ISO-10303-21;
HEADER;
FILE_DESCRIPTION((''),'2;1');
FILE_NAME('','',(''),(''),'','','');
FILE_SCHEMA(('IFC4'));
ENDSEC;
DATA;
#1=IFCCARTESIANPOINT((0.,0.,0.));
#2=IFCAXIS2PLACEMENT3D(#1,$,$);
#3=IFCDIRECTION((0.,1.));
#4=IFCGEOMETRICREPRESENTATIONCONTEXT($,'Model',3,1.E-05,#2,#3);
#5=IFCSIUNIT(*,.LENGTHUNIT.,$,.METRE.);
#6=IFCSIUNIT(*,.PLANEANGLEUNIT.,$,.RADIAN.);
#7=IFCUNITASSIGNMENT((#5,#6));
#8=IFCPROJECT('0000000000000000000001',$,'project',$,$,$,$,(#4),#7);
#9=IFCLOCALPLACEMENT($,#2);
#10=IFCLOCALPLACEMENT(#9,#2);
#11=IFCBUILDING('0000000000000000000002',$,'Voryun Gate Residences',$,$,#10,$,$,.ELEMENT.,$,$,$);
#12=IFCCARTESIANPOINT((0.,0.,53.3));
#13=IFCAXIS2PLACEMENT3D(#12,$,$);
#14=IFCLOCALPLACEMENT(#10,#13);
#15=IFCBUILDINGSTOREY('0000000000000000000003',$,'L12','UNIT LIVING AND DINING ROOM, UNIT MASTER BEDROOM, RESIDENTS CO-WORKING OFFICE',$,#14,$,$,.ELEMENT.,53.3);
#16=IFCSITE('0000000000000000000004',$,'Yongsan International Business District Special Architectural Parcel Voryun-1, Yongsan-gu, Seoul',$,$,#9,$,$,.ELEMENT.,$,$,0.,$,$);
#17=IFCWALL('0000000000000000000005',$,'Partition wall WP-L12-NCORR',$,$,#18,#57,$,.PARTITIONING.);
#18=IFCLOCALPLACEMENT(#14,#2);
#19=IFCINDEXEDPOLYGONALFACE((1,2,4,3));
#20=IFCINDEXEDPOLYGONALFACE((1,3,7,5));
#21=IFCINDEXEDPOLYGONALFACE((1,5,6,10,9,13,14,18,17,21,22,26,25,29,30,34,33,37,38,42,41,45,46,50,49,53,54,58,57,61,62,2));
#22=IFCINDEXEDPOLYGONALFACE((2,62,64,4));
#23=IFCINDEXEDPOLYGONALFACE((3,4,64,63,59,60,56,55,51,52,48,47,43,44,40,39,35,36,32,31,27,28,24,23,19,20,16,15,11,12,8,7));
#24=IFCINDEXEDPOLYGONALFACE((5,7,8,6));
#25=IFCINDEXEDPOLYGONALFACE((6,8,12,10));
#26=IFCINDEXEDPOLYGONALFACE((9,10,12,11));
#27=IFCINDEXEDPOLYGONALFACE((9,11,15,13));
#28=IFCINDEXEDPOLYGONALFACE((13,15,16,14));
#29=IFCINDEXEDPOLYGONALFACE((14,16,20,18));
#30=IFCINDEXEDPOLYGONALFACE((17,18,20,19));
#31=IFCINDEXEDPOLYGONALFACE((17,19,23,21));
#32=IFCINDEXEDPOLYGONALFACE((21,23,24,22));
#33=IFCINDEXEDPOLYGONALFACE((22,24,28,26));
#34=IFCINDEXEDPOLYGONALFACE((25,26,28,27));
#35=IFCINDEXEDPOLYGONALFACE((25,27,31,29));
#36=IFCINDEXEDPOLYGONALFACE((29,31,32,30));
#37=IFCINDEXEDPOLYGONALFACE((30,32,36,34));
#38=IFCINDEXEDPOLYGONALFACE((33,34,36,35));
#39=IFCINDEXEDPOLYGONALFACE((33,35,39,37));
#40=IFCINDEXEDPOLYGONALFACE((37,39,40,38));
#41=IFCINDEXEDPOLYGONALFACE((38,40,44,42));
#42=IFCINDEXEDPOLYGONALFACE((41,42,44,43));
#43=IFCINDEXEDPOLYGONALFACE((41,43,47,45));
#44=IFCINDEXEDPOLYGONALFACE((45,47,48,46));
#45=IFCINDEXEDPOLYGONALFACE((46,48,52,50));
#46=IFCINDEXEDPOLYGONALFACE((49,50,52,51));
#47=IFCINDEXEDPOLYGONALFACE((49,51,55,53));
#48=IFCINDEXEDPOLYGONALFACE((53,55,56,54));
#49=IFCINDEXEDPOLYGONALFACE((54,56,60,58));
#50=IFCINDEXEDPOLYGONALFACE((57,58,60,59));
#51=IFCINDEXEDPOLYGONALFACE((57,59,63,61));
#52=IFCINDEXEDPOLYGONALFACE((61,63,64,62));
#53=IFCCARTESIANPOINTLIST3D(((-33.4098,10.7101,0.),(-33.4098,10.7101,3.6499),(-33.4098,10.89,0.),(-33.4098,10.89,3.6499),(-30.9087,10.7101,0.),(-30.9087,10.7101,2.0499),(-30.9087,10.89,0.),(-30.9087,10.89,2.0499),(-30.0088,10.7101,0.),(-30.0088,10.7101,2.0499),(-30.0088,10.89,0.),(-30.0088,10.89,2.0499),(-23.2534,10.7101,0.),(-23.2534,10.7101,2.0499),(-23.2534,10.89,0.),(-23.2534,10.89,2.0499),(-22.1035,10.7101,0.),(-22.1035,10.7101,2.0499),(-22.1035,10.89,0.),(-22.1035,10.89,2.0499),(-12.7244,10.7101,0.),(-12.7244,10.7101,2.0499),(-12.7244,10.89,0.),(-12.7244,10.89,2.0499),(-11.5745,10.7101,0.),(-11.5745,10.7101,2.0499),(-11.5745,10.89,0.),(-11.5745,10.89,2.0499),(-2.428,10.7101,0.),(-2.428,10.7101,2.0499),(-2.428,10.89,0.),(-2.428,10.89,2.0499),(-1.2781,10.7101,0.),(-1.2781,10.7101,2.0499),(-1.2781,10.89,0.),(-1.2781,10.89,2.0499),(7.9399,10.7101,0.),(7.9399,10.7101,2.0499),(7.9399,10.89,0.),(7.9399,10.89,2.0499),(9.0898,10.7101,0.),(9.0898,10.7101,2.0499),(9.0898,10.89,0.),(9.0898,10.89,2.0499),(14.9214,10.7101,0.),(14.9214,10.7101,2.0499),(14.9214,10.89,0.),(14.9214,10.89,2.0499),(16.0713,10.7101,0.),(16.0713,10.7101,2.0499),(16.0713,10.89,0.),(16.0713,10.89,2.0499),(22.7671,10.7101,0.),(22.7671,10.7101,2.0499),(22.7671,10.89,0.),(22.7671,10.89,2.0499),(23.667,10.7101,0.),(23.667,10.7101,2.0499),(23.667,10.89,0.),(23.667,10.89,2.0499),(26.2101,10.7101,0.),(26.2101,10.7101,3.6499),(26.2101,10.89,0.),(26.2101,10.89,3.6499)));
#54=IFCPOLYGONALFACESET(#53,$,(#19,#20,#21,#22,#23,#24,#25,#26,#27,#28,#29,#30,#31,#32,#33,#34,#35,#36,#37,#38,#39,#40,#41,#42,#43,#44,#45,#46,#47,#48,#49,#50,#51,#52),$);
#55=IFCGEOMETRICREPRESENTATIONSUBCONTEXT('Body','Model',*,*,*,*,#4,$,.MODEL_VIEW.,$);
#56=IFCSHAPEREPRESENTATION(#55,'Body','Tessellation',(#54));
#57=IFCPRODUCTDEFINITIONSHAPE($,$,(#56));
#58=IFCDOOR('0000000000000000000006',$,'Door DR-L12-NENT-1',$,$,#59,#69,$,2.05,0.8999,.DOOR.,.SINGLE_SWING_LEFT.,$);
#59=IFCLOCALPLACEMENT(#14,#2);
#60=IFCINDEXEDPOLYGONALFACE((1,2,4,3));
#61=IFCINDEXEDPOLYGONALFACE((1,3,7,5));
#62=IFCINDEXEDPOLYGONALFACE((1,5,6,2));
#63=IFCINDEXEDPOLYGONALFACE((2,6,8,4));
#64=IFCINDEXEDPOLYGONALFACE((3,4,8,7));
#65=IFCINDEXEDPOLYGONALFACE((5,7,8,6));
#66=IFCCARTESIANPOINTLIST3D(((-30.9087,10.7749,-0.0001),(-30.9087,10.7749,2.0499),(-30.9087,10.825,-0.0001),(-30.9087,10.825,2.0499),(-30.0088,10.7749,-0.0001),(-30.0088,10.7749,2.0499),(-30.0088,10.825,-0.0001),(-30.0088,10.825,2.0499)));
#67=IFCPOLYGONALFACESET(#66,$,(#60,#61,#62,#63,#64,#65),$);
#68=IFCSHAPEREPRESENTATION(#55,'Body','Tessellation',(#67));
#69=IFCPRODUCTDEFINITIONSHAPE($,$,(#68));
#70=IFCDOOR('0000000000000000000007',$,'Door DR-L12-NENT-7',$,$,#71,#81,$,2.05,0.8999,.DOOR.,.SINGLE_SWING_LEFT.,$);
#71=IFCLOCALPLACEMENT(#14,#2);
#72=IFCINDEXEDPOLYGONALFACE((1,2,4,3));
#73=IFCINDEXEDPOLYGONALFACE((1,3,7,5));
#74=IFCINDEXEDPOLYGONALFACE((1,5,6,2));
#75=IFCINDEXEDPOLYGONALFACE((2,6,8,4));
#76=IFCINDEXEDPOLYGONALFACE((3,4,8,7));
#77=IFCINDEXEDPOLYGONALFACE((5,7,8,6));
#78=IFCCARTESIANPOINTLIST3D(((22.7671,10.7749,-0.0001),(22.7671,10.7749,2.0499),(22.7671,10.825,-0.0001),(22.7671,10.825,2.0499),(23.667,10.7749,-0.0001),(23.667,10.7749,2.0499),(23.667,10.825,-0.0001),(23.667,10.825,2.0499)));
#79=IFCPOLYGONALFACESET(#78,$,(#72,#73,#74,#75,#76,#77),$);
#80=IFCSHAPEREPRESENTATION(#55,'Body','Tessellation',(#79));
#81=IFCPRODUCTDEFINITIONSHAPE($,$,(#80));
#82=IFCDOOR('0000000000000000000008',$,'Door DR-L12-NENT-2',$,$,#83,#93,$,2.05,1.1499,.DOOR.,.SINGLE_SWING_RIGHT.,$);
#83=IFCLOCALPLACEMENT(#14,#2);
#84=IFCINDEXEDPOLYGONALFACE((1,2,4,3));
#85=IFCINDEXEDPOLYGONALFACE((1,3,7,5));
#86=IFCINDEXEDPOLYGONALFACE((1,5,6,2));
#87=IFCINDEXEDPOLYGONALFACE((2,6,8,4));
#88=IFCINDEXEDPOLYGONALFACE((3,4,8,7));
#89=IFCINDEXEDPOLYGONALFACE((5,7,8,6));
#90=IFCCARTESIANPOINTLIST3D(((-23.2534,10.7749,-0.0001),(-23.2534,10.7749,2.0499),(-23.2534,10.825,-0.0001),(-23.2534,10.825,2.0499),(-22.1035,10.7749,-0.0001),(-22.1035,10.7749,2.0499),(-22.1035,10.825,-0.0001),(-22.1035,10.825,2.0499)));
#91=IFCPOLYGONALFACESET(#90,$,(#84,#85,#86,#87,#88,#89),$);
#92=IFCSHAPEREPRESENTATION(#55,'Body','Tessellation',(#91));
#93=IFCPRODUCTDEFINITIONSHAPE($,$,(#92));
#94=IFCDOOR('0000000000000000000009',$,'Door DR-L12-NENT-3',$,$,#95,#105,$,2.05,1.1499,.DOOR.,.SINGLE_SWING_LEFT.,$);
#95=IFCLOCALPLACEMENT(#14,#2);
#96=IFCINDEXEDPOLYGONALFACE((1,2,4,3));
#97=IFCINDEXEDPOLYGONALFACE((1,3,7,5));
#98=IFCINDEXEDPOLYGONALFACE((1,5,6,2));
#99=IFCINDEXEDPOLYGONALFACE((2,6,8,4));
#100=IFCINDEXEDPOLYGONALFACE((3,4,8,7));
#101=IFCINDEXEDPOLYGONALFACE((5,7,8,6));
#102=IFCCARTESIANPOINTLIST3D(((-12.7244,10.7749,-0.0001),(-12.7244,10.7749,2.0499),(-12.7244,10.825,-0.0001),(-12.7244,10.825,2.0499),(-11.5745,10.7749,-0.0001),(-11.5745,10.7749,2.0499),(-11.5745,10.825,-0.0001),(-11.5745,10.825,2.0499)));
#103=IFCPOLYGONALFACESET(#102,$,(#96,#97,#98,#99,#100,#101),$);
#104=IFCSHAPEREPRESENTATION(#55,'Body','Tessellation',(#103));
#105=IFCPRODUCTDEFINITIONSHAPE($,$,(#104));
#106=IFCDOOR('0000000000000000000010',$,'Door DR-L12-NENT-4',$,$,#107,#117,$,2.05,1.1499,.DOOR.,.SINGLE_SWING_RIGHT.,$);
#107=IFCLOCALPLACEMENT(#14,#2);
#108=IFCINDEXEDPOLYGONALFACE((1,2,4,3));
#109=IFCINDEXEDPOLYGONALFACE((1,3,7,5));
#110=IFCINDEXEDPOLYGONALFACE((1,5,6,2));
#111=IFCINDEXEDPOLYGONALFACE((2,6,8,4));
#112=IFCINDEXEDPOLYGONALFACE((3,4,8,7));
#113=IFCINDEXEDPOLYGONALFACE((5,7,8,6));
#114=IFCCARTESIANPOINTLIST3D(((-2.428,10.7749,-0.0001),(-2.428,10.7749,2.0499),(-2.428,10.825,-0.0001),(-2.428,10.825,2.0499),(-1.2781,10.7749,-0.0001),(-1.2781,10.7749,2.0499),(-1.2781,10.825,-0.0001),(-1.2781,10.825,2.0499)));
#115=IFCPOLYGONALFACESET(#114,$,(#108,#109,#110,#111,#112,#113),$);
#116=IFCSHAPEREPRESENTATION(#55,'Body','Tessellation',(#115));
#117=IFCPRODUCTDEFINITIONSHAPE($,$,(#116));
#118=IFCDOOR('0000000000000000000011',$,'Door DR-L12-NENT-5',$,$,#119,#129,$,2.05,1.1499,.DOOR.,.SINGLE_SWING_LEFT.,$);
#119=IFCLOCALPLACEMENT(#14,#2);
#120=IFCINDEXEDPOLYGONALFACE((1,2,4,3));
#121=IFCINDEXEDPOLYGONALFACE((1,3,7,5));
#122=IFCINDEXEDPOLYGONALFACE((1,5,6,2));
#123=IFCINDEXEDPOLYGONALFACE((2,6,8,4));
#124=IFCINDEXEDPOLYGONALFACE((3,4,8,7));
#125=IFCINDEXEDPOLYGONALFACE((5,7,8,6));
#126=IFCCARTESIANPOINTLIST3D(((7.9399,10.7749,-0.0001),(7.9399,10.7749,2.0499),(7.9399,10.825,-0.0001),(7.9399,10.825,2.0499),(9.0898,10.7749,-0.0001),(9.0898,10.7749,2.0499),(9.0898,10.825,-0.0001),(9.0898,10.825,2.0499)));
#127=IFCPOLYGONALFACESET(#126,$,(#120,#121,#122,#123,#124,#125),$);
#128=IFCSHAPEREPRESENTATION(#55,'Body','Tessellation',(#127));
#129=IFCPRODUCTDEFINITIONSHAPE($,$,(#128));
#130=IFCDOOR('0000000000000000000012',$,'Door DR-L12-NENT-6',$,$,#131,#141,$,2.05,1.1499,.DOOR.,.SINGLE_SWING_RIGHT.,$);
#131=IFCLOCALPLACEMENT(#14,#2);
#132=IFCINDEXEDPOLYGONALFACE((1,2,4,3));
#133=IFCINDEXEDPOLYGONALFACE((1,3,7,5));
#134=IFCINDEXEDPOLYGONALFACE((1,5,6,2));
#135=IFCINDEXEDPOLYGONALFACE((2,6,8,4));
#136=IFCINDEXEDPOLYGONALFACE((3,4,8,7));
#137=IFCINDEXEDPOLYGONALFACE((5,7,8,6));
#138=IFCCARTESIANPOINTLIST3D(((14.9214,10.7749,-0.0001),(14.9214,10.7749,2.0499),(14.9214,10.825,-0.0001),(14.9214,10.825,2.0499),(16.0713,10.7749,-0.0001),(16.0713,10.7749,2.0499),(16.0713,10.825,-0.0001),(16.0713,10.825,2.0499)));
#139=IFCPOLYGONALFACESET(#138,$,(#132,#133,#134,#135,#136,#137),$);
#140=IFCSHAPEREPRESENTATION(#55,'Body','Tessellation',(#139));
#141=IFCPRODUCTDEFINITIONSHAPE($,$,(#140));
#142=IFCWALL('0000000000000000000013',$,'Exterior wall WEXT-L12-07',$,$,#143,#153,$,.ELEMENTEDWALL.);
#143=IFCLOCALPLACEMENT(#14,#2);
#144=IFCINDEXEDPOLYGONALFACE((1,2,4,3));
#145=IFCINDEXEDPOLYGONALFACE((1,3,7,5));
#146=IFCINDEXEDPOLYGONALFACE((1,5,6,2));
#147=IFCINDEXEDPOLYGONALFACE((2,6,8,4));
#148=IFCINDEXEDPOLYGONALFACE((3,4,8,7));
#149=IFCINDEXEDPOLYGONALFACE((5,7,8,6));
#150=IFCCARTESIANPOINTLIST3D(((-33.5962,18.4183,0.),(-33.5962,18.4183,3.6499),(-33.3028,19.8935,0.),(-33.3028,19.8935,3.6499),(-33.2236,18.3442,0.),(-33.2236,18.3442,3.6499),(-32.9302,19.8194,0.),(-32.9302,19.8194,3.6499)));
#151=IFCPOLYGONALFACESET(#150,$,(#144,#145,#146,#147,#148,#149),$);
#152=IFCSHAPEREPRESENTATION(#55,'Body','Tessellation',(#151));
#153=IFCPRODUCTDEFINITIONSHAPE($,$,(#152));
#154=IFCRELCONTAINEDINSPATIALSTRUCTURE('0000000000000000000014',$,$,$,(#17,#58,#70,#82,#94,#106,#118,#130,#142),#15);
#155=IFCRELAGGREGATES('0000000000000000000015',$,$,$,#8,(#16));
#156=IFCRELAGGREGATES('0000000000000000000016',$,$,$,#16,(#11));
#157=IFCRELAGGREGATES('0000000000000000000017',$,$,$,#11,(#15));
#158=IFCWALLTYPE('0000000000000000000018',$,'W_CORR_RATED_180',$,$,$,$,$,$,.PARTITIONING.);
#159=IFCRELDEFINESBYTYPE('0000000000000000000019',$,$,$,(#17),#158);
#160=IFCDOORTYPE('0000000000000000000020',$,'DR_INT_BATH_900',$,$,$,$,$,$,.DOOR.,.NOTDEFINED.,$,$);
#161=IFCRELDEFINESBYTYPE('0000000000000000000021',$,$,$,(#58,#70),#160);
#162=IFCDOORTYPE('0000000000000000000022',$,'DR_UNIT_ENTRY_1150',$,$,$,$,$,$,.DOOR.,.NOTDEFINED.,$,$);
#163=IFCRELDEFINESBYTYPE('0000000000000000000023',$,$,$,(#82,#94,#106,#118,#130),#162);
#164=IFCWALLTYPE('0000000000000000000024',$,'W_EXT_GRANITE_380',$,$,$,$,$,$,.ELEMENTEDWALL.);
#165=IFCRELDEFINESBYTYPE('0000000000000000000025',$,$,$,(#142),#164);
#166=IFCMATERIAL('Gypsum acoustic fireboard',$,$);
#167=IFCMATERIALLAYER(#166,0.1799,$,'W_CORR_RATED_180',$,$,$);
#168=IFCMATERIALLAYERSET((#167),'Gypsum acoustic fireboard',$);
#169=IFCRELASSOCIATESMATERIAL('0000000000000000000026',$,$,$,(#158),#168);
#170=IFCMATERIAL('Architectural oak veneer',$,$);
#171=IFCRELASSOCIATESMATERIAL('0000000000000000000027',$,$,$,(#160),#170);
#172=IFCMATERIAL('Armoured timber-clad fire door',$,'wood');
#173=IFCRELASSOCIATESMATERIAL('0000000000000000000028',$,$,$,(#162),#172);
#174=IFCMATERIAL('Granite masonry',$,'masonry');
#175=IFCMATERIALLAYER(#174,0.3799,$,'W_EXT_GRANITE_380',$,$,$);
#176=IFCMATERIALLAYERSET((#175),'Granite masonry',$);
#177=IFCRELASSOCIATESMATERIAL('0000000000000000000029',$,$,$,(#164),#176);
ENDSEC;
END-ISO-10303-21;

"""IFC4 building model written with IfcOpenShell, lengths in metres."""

from ifc_helpers import new_model, si_unit, direction, frame, frame_2d, origin, place, context, subcontext, project, spatial, rectangle, extrude, material, layer, layer_set, type_object, element, fill, save


model = new_model("IFC4")

# Units and contexts
model_context = context("Model", 3, precision=1e-05, world=origin(), true_north=direction((0.0, 1.0)))
body_context = subcontext(model_context, "Body", "Model", "MODEL_VIEW")
ifc_project = project(units=[si_unit("LENGTHUNIT", "METRE"), si_unit("PLANEANGLEUNIT", "RADIAN")], contexts=[model_context])

# Site, building, storey
site_placement = place(None, origin())
site = spatial("IfcSite", under=ifc_project, at=site_placement, Name="Yongsan International Business District Special Architectural Parcel Voryun-1, Yongsan-gu, Seoul", CompositionType="ELEMENT", RefElevation=0.0)
building_placement = place(site_placement, origin())
building = spatial("IfcBuilding", under=site, at=building_placement, Name="Voryun Gate Residences", CompositionType="ELEMENT")
storey_placement = place(building_placement, frame((0.0, 0.0, 53.3)))
storey = spatial("IfcBuildingStorey", under=building, at=storey_placement, Name="L12", Description="UNIT LIVING AND DINING ROOM, UNIT MASTER BEDROOM, RESIDENTS CO-WORKING OFFICE", CompositionType="ELEMENT", Elevation=53.3)

# Wall, openings, doors
ifc_material_1 = material(Name="Gypsum acoustic fireboard")
ifc_layer_1 = layer(ifc_material_1, 0.1799, Name="W_CORR_RATED_180")
ifc_layer_set_1 = layer_set([ifc_layer_1], Name="Gypsum acoustic fireboard")
wall_type_1 = type_object("IfcWallType", Name="W_CORR_RATED_180", PredefinedType="PARTITIONING", material=ifc_layer_set_1)
wall_1_placement = place(storey_placement, frame((-33.4099, 10.8, 0.0), z_axis=(0.0, 0.0, 1.0), x_axis=(1.0, 0.0, 0.0)))
wall_1 = element("IfcWall", 1, at=wall_1_placement, inside=storey, type_object=wall_type_1, Name="Partition wall WP-L12-NCORR", PredefinedType="PARTITIONING", context=body_context, shape_type="SweptSolid", body=[
    extrude(rectangle(XDim=59.6199, YDim=0.1799, at=frame_2d((29.8101, 0.0))), origin(), (0.0, 0.0, 1.0), 3.6499),
])
opening_1_placement = place(wall_1_placement, frame((2.5012, 0.0, 0.0)))
opening_1 = element("IfcOpeningElement", 2, at=opening_1_placement, cuts=wall_1, PredefinedType="OPENING", context=body_context, shape_type="SweptSolid", body=[
    extrude(rectangle(XDim=0.8999, YDim=2.05, at=frame_2d((0.45, 1.0249))), frame((0.0, 0.0999, 0.0), z_axis=(0.0, -1.0, 0.0), x_axis=(1.0, 0.0, 0.0)), (0.0, 0.0, 1.0), 0.2),
])
opening_2_placement = place(wall_1_placement, frame((10.1565, 0.0, 0.0)))
opening_2 = element("IfcOpeningElement", 3, at=opening_2_placement, cuts=wall_1, PredefinedType="OPENING", context=body_context, shape_type="SweptSolid", body=[
    extrude(rectangle(XDim=1.1499, YDim=2.05, at=frame_2d((0.575, 1.0249))), frame((0.0, 0.0999, 0.0), z_axis=(0.0, -1.0, 0.0), x_axis=(1.0, 0.0, 0.0)), (0.0, 0.0, 1.0), 0.2),
])
opening_3_placement = place(wall_1_placement, frame((20.6855, 0.0, 0.0)))
opening_3 = element("IfcOpeningElement", 4, at=opening_3_placement, cuts=wall_1, PredefinedType="OPENING", context=body_context, shape_type="SweptSolid", body=[
    extrude(rectangle(XDim=1.1499, YDim=2.05, at=frame_2d((0.575, 1.0249))), frame((0.0, 0.0999, 0.0), z_axis=(0.0, -1.0, 0.0), x_axis=(1.0, 0.0, 0.0)), (0.0, 0.0, 1.0), 0.2),
])
opening_4_placement = place(wall_1_placement, frame((30.9819, 0.0, 0.0)))
opening_4 = element("IfcOpeningElement", 5, at=opening_4_placement, cuts=wall_1, PredefinedType="OPENING", context=body_context, shape_type="SweptSolid", body=[
    extrude(rectangle(XDim=1.1499, YDim=2.05, at=frame_2d((0.575, 1.0249))), frame((0.0, 0.0999, 0.0), z_axis=(0.0, -1.0, 0.0), x_axis=(1.0, 0.0, 0.0)), (0.0, 0.0, 1.0), 0.2),
])
opening_5_placement = place(wall_1_placement, frame((41.3499, 0.0, 0.0)))
opening_5 = element("IfcOpeningElement", 6, at=opening_5_placement, cuts=wall_1, PredefinedType="OPENING", context=body_context, shape_type="SweptSolid", body=[
    extrude(rectangle(XDim=1.1499, YDim=2.05, at=frame_2d((0.575, 1.0249))), frame((0.0, 0.0999, 0.0), z_axis=(0.0, -1.0, 0.0), x_axis=(1.0, 0.0, 0.0)), (0.0, 0.0, 1.0), 0.2),
])
opening_6_placement = place(wall_1_placement, frame((48.3313, 0.0, 0.0)))
opening_6 = element("IfcOpeningElement", 7, at=opening_6_placement, cuts=wall_1, PredefinedType="OPENING", context=body_context, shape_type="SweptSolid", body=[
    extrude(rectangle(XDim=1.1499, YDim=2.05, at=frame_2d((0.575, 1.0249))), frame((0.0, 0.0999, 0.0), z_axis=(0.0, -1.0, 0.0), x_axis=(1.0, 0.0, 0.0)), (0.0, 0.0, 1.0), 0.2),
])
opening_7_placement = place(wall_1_placement, frame((56.177, 0.0, 0.0)))
opening_7 = element("IfcOpeningElement", 8, at=opening_7_placement, cuts=wall_1, PredefinedType="OPENING", context=body_context, shape_type="SweptSolid", body=[
    extrude(rectangle(XDim=0.8999, YDim=2.05, at=frame_2d((0.45, 1.0249))), frame((0.0, 0.0999, 0.0), z_axis=(0.0, -1.0, 0.0), x_axis=(1.0, 0.0, 0.0)), (0.0, 0.0, 1.0), 0.2),
])
ifc_material_2 = material(Name="Architectural oak veneer")
door_type_1 = type_object("IfcDoorType", Name="DR_INT_BATH_900", OperationType="NOTDEFINED", PredefinedType="DOOR", material=ifc_material_2)
door_1_placement = place(opening_1_placement, origin())
door_1 = element("IfcDoor", 9, at=door_1_placement, inside=storey, type_object=door_type_1, Name="Door DR-L12-NENT-1", OperationType="SINGLE_SWING_LEFT", OverallHeight=2.05, OverallWidth=0.8999, PredefinedType="DOOR", context=body_context, shape_type="SweptSolid", body=[
    extrude(rectangle(XDim=0.8999, YDim=2.05, at=frame_2d((0.45, 1.0249))), frame((0.0, 0.0249, 0.0), z_axis=(0.0, -1.0, 0.0), x_axis=(1.0, 0.0, 0.0)), (0.0, 0.0, 1.0), 0.05),
])
fill(opening_1, door_1)
door_2_placement = place(opening_7_placement, origin())
door_2 = element("IfcDoor", 10, at=door_2_placement, inside=storey, type_object=door_type_1, Name="Door DR-L12-NENT-7", OperationType="SINGLE_SWING_LEFT", OverallHeight=2.05, OverallWidth=0.8999, PredefinedType="DOOR", context=body_context, shape_type="SweptSolid", body=[
    extrude(rectangle(XDim=0.8999, YDim=2.05, at=frame_2d((0.45, 1.0249))), frame((0.0, 0.0249, 0.0), z_axis=(0.0, -1.0, 0.0), x_axis=(1.0, 0.0, 0.0)), (0.0, 0.0, 1.0), 0.05),
])
fill(opening_7, door_2)
ifc_material_3 = material(Name="Armoured timber-clad fire door", Category="wood")
door_type_2 = type_object("IfcDoorType", Name="DR_UNIT_ENTRY_1150", OperationType="NOTDEFINED", PredefinedType="DOOR", material=ifc_material_3)
door_3_placement = place(opening_2_placement, origin())
door_3 = element("IfcDoor", 11, at=door_3_placement, inside=storey, type_object=door_type_2, Name="Door DR-L12-NENT-2", OperationType="SINGLE_SWING_RIGHT", OverallHeight=2.05, OverallWidth=1.1499, PredefinedType="DOOR", context=body_context, shape_type="SweptSolid", body=[
    extrude(rectangle(XDim=1.1499, YDim=2.05, at=frame_2d((0.575, 1.0249))), frame((0.0, 0.0249, 0.0), z_axis=(0.0, -1.0, 0.0), x_axis=(1.0, 0.0, 0.0)), (0.0, 0.0, 1.0), 0.05),
])
fill(opening_2, door_3)
door_4_placement = place(opening_3_placement, origin())
door_4 = element("IfcDoor", 12, at=door_4_placement, inside=storey, type_object=door_type_2, Name="Door DR-L12-NENT-3", OperationType="SINGLE_SWING_LEFT", OverallHeight=2.05, OverallWidth=1.1499, PredefinedType="DOOR", context=body_context, shape_type="SweptSolid", body=[
    extrude(rectangle(XDim=1.1499, YDim=2.05, at=frame_2d((0.575, 1.0249))), frame((0.0, 0.0249, 0.0), z_axis=(0.0, -1.0, 0.0), x_axis=(1.0, 0.0, 0.0)), (0.0, 0.0, 1.0), 0.05),
])
fill(opening_3, door_4)
door_5_placement = place(opening_4_placement, origin())
door_5 = element("IfcDoor", 13, at=door_5_placement, inside=storey, type_object=door_type_2, Name="Door DR-L12-NENT-4", OperationType="SINGLE_SWING_RIGHT", OverallHeight=2.05, OverallWidth=1.1499, PredefinedType="DOOR", context=body_context, shape_type="SweptSolid", body=[
    extrude(rectangle(XDim=1.1499, YDim=2.05, at=frame_2d((0.575, 1.0249))), frame((0.0, 0.0249, 0.0), z_axis=(0.0, -1.0, 0.0), x_axis=(1.0, 0.0, 0.0)), (0.0, 0.0, 1.0), 0.05),
])
fill(opening_4, door_5)
door_6_placement = place(opening_5_placement, origin())
door_6 = element("IfcDoor", 14, at=door_6_placement, inside=storey, type_object=door_type_2, Name="Door DR-L12-NENT-5", OperationType="SINGLE_SWING_LEFT", OverallHeight=2.05, OverallWidth=1.1499, PredefinedType="DOOR", context=body_context, shape_type="SweptSolid", body=[
    extrude(rectangle(XDim=1.1499, YDim=2.05, at=frame_2d((0.575, 1.0249))), frame((0.0, 0.0249, 0.0), z_axis=(0.0, -1.0, 0.0), x_axis=(1.0, 0.0, 0.0)), (0.0, 0.0, 1.0), 0.05),
])
fill(opening_5, door_6)
door_7_placement = place(opening_6_placement, origin())
door_7 = element("IfcDoor", 15, at=door_7_placement, inside=storey, type_object=door_type_2, Name="Door DR-L12-NENT-6", OperationType="SINGLE_SWING_RIGHT", OverallHeight=2.05, OverallWidth=1.1499, PredefinedType="DOOR", context=body_context, shape_type="SweptSolid", body=[
    extrude(rectangle(XDim=1.1499, YDim=2.05, at=frame_2d((0.575, 1.0249))), frame((0.0, 0.0249, 0.0), z_axis=(0.0, -1.0, 0.0), x_axis=(1.0, 0.0, 0.0)), (0.0, 0.0, 1.0), 0.05),
])
fill(opening_6, door_7)

# Wall
ifc_material_4 = material(Name="Granite masonry", Category="masonry")
ifc_layer_2 = layer(ifc_material_4, 0.3799, Name="W_EXT_GRANITE_380")
ifc_layer_set_2 = layer_set([ifc_layer_2], Name="Granite masonry")
wall_type_2 = type_object("IfcWallType", Name="W_EXT_GRANITE_380", PredefinedType="ELEMENTEDWALL", material=ifc_layer_set_2)
wall_2_placement = place(storey_placement, frame((-33.4099, 18.3813, 0.0), z_axis=(0.0, 0.0, 1.0), x_axis=(0.195086, 0.980786, 0.0)))
element("IfcWall", 16, at=wall_2_placement, inside=storey, type_object=wall_type_2, Name="Exterior wall WEXT-L12-07", PredefinedType="ELEMENTEDWALL", context=body_context, shape_type="SweptSolid", body=[
    extrude(rectangle(XDim=1.5042, YDim=0.3799, at=frame_2d((0.752, 0.0))), origin(), (0.0, 0.0, 1.0), 3.6499),
])

save(model, "model.ifc")
